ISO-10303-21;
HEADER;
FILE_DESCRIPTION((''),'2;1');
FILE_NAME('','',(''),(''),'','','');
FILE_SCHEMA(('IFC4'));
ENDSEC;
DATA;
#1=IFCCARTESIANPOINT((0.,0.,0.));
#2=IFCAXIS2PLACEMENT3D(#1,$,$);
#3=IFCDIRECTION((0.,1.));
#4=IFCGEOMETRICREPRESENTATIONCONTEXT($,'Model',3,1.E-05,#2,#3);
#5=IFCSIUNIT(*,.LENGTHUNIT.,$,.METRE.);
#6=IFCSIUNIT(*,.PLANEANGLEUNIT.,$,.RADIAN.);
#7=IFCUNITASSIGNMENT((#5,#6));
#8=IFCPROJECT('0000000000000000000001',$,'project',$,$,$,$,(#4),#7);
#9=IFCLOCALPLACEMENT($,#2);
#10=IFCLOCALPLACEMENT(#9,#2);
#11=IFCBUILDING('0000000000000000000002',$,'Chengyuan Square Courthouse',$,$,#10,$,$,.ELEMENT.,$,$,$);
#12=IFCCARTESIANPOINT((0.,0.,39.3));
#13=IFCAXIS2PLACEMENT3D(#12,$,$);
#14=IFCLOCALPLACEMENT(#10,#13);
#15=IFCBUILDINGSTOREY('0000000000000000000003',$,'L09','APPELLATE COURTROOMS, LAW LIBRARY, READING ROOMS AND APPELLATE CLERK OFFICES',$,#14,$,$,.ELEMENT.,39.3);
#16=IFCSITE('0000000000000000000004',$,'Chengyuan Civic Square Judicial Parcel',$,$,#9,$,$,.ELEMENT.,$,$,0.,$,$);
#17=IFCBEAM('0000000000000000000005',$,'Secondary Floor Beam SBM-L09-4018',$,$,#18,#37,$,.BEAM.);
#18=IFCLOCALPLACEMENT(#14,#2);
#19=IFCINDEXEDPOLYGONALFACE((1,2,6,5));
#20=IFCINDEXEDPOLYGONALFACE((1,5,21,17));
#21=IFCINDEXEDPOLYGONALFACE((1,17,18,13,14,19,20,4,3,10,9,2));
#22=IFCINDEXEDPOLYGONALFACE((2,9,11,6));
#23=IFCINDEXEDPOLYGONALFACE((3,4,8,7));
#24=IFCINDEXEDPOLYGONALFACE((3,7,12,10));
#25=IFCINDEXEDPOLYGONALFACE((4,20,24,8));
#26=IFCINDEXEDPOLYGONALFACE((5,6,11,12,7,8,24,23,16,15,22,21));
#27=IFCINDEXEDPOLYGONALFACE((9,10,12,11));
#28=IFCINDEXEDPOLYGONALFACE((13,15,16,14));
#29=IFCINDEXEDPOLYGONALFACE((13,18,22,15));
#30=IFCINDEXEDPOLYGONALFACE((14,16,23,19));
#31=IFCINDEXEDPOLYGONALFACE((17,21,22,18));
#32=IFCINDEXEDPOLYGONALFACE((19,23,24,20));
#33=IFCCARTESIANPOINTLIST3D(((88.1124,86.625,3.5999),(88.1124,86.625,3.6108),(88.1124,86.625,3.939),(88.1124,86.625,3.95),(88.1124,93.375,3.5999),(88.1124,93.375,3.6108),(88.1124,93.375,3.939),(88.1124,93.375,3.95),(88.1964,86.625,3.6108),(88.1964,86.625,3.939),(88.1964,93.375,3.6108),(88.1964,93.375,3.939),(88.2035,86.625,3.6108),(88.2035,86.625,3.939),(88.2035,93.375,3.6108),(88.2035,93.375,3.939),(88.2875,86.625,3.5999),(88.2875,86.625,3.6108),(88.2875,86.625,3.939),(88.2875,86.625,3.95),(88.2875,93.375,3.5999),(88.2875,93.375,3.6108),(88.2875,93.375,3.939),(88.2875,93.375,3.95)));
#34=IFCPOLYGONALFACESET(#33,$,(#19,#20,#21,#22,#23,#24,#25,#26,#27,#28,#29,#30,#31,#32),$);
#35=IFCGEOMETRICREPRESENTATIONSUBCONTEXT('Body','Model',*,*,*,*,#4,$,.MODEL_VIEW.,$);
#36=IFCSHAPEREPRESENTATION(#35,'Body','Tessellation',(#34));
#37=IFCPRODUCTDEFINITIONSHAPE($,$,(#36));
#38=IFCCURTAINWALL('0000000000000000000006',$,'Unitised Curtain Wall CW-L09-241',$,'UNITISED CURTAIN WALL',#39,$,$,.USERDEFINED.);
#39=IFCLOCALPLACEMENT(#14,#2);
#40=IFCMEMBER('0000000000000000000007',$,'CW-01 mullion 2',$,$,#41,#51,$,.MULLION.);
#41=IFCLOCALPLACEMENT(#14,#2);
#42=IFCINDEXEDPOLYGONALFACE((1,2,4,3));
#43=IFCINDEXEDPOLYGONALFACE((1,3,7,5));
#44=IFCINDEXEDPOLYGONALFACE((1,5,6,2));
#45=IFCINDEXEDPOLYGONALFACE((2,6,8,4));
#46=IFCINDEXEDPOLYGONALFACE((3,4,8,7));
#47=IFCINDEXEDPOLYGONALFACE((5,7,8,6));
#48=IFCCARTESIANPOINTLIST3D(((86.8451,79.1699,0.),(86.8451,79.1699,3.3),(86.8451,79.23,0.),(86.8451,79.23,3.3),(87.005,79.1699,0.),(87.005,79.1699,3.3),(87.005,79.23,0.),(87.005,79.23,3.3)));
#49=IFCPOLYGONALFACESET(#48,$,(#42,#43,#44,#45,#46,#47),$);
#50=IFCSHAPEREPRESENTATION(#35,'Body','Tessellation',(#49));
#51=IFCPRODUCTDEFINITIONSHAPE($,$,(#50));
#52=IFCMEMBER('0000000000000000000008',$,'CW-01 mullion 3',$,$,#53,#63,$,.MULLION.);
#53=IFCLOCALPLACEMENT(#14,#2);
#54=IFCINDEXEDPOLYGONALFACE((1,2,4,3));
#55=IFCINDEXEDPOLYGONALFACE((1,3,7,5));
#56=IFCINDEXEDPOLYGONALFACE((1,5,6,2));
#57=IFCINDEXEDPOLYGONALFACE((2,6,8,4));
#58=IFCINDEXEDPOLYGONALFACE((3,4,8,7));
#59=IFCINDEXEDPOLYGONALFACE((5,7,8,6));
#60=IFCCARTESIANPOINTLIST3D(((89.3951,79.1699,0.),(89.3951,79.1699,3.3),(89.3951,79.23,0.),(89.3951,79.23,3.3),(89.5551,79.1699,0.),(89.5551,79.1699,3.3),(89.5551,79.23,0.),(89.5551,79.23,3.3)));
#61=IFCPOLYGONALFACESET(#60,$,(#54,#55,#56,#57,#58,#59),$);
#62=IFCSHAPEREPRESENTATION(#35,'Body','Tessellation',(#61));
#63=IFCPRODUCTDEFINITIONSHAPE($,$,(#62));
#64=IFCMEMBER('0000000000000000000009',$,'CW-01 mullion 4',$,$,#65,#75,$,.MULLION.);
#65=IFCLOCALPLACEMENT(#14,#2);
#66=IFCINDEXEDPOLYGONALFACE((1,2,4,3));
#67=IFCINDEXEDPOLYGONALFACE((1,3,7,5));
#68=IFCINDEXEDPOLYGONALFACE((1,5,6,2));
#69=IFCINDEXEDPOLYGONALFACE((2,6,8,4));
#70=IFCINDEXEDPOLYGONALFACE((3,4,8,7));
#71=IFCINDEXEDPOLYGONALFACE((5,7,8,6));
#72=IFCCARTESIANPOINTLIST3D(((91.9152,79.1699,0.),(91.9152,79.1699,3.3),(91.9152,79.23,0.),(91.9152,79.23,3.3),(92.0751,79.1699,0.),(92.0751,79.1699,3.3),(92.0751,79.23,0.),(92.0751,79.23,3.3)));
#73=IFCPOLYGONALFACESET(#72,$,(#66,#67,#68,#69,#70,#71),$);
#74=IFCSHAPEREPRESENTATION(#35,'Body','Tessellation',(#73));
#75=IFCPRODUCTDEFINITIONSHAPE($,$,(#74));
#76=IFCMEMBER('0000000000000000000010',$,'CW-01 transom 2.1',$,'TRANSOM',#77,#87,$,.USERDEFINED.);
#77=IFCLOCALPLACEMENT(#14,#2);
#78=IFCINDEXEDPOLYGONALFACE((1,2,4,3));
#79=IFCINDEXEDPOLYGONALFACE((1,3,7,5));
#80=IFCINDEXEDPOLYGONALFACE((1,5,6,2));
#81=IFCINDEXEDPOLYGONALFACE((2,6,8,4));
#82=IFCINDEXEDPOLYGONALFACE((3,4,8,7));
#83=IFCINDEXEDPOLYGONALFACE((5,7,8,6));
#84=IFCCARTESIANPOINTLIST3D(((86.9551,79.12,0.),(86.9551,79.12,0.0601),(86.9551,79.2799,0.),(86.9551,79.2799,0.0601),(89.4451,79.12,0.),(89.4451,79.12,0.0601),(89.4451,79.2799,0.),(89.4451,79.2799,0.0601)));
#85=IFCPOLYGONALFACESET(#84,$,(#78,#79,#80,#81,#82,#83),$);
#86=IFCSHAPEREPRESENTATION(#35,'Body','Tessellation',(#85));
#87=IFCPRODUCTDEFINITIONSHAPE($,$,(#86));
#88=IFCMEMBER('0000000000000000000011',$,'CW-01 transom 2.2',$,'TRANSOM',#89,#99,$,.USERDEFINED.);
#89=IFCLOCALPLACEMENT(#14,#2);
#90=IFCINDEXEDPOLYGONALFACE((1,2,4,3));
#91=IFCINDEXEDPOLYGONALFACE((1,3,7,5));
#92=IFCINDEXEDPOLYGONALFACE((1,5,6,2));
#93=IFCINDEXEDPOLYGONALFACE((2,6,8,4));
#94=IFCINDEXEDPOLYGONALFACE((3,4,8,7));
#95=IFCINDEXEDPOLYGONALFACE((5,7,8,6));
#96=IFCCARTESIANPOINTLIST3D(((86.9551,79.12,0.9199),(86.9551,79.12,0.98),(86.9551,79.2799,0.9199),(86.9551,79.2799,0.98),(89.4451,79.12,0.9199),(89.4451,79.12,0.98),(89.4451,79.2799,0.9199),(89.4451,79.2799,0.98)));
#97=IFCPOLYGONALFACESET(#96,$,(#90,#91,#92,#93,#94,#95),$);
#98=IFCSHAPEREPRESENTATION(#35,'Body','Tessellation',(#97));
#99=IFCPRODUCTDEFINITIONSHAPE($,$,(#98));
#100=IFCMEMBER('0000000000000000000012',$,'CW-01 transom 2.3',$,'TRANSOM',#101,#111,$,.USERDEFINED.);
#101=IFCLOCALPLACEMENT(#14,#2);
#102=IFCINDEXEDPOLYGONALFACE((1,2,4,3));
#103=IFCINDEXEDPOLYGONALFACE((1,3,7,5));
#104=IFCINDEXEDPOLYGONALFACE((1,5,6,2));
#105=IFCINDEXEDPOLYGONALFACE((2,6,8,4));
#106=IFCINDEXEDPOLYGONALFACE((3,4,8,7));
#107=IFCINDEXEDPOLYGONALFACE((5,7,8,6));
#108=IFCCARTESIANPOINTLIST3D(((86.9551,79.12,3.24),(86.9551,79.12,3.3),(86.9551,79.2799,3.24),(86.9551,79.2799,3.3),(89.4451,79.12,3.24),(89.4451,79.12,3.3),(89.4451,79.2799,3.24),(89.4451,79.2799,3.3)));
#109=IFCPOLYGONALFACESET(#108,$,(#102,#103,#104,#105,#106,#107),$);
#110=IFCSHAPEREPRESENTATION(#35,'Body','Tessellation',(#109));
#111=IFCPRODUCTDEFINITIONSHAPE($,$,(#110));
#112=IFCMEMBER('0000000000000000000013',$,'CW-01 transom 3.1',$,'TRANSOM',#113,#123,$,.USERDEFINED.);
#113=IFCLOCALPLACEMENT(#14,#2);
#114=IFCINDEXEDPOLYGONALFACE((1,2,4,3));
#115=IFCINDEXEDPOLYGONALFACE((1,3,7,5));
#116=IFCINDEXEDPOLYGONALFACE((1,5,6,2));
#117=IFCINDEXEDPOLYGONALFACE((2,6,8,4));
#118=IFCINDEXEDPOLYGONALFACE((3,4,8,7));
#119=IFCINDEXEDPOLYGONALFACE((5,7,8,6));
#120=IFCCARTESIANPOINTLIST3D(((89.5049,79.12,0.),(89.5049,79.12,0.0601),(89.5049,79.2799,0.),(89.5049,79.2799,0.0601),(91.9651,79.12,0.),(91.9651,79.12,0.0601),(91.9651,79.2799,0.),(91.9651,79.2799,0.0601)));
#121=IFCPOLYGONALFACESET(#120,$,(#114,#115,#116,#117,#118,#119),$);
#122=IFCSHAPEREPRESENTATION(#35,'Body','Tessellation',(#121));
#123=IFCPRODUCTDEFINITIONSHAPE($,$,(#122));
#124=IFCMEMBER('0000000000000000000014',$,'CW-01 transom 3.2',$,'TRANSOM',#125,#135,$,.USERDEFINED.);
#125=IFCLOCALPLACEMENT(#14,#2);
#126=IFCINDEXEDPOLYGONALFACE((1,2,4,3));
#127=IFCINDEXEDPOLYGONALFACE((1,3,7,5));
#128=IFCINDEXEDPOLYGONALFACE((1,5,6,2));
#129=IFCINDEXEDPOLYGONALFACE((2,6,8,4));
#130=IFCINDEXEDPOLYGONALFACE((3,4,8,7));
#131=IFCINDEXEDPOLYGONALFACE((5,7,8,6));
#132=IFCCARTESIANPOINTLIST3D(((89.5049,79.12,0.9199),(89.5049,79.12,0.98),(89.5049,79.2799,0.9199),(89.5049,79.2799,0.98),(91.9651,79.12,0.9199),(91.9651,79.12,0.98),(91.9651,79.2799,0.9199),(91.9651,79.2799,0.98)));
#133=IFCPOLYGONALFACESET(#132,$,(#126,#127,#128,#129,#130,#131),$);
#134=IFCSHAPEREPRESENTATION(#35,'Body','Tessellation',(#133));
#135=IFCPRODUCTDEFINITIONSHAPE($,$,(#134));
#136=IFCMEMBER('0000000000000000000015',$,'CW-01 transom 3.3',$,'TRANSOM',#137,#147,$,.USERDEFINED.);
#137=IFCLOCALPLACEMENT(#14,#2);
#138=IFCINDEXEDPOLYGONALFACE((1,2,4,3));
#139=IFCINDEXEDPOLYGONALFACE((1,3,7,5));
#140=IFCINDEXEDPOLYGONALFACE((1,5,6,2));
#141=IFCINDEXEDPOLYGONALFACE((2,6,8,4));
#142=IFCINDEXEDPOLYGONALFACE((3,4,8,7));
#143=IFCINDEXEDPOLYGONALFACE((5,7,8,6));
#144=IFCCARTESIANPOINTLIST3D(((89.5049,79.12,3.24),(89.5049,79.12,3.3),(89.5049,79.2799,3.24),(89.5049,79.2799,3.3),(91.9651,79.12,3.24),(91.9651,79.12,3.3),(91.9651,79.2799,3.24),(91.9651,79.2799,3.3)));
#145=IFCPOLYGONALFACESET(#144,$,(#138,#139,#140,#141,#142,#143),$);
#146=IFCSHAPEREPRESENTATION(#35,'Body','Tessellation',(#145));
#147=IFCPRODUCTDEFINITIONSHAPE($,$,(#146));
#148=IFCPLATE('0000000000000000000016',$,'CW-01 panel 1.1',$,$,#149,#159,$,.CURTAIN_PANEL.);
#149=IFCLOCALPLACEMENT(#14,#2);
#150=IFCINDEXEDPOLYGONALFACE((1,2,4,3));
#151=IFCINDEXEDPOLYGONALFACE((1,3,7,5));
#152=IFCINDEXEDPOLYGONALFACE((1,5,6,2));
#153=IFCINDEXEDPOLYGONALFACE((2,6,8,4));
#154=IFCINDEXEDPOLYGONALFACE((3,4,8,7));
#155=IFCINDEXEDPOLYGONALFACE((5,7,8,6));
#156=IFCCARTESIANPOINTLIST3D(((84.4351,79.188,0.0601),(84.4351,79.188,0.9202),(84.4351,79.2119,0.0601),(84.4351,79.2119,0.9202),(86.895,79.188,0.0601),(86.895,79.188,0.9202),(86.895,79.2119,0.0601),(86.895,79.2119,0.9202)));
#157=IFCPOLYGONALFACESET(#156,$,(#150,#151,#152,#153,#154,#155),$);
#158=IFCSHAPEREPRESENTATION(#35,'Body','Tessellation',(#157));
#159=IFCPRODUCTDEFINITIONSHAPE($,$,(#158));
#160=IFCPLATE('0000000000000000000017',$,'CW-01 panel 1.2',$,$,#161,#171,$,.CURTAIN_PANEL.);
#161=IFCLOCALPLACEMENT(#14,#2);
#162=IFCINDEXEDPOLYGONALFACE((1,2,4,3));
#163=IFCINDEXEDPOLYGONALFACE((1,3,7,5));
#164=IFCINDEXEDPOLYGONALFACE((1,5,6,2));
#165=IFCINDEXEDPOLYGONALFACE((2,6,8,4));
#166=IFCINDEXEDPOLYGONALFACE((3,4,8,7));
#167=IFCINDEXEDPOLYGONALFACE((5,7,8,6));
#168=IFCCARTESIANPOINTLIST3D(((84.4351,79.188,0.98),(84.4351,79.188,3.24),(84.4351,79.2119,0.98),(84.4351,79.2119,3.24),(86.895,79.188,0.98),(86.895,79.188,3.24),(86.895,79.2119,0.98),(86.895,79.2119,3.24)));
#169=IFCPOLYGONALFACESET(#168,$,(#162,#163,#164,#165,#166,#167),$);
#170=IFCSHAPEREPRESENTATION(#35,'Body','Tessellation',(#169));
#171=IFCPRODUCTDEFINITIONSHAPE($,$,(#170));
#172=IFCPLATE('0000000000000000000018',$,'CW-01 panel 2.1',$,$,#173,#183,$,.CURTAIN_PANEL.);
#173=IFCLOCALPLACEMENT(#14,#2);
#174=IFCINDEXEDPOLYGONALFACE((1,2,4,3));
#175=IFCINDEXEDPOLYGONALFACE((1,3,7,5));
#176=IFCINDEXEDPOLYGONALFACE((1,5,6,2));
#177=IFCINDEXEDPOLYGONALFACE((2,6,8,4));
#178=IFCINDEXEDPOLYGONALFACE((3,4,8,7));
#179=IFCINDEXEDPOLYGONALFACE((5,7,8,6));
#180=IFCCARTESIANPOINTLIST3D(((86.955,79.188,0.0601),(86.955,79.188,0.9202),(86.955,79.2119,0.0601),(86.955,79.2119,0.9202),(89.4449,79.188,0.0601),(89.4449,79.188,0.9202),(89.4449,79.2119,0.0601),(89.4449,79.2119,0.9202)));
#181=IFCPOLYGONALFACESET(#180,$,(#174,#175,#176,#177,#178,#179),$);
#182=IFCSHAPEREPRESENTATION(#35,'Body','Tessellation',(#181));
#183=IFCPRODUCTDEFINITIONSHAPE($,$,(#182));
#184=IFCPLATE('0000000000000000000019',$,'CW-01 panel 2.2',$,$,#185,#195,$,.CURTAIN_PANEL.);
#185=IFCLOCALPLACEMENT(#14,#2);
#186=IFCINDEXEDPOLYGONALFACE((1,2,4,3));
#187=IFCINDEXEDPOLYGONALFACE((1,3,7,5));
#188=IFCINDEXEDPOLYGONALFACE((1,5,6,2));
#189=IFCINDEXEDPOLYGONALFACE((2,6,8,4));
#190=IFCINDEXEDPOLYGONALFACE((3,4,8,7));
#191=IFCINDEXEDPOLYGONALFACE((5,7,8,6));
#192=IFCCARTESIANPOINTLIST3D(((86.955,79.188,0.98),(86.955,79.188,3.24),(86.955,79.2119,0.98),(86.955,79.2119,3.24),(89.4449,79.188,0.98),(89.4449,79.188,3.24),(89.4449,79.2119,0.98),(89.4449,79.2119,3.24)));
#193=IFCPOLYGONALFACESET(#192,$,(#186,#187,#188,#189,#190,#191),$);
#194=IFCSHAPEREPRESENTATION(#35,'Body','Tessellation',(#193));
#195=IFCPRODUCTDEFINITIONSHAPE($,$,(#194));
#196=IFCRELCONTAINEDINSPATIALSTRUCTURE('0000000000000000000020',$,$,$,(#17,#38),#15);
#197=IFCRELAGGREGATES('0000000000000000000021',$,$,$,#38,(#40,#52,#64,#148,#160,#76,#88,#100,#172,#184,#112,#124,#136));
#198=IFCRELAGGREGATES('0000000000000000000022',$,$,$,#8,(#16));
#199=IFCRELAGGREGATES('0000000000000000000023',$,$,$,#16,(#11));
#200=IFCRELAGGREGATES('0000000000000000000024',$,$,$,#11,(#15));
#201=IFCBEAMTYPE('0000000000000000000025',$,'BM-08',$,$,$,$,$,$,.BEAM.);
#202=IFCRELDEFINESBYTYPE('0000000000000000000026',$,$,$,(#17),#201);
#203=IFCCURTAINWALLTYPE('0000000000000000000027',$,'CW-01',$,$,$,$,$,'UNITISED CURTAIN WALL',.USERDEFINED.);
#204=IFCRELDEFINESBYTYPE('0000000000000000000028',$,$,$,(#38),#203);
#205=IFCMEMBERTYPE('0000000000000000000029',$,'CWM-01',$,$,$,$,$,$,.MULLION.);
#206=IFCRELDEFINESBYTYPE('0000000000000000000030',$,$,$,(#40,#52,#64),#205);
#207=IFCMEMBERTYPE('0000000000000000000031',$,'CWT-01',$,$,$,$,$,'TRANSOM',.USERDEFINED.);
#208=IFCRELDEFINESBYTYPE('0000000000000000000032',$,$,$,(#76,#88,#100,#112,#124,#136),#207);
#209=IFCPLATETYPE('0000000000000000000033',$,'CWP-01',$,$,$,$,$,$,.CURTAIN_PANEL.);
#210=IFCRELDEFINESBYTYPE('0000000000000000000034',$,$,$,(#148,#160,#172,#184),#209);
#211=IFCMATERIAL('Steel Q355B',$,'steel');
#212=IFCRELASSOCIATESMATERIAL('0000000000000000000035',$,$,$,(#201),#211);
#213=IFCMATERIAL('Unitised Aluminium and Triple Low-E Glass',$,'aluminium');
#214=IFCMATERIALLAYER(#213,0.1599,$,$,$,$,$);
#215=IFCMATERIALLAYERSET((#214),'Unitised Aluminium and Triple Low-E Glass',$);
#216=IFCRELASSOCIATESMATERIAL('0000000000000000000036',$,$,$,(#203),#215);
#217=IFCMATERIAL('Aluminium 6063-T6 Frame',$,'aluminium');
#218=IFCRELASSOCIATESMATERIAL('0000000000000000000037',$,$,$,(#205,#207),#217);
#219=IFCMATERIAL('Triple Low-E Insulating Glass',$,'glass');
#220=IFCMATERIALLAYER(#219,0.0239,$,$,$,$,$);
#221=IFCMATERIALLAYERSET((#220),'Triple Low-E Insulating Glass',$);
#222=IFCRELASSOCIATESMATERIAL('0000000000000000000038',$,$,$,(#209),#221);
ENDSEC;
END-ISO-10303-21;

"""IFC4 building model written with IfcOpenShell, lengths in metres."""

from ifc_helpers import new_model, si_unit, direction, frame, origin, origin_2d, place, context, subcontext, project, spatial, rectangle, i_section, extrude, material, layer, layer_set, material_profile, profile_set, type_object, element, aggregate, save


model = new_model("IFC4")

# Units and contexts
model_context = context("Model", 3, precision=1e-05, world=origin(), true_north=direction((0.0, 1.0)))
body_context = subcontext(model_context, "Body", "Model", "MODEL_VIEW")
ifc_project = project(units=[si_unit("LENGTHUNIT", "METRE"), si_unit("PLANEANGLEUNIT", "RADIAN")], contexts=[model_context])

# Site, building, storey
site_placement = place(None, origin())
site = spatial("IfcSite", under=ifc_project, at=site_placement, Name="Chengyuan Civic Square Judicial Parcel", CompositionType="ELEMENT", RefElevation=0.0)
building_placement = place(site_placement, origin())
building = spatial("IfcBuilding", under=site, at=building_placement, Name="Chengyuan Square Courthouse", CompositionType="ELEMENT")
storey_placement = place(building_placement, frame((0.0, 0.0, 39.3)))
storey = spatial("IfcBuildingStorey", under=building, at=storey_placement, Name="L09", Description="APPELLATE COURTROOMS, LAW LIBRARY, READING ROOMS AND APPELLATE CLERK OFFICES", CompositionType="ELEMENT", Elevation=39.3)

# Beam
ifc_material_1 = material(Name="Steel Q355B", Category="steel")
ifc_material_profile_1 = material_profile(ifc_material_1, i_section(OverallWidth=0.175, OverallDepth=0.3501, WebThickness=0.0071, FlangeThickness=0.011, at=origin_2d()), Name="HN 350x175x7x11")
ifc_profile_set_1 = profile_set([ifc_material_profile_1], Name="Steel Q355B")
beam_type = type_object("IfcBeamType", Name="BM-08", PredefinedType="BEAM", material=ifc_profile_set_1)
beam_placement = place(storey_placement, frame((88.2, 86.625, 3.7749), z_axis=(0.0, 1.0, 0.0), x_axis=(-1.0, 0.0, 0.0)))
element("IfcBeam", 1, at=beam_placement, inside=storey, type_object=beam_type, Name="Secondary Floor Beam SBM-L09-4018", PredefinedType="BEAM", context=body_context, shape_type="SweptSolid", body=[
    extrude(i_section(OverallWidth=0.175, OverallDepth=0.3501, WebThickness=0.0071, FlangeThickness=0.011, at=origin_2d()), origin(), (0.0, 0.0, 1.0), 6.75),
])

# Curtain wall, members, plates
ifc_material_2 = material(Name="Unitised Aluminium and Triple Low-E Glass", Category="aluminium")
ifc_layer_1 = layer(ifc_material_2, 0.1599)
ifc_layer_set_1 = layer_set([ifc_layer_1], Name="Unitised Aluminium and Triple Low-E Glass")
curtain_wall_type = type_object("IfcCurtainWallType", Name="CW-01", ElementType="UNITISED CURTAIN WALL", PredefinedType="USERDEFINED", material=ifc_layer_set_1)
curtain_wall_placement = place(storey_placement, origin())
curtain_wall = element("IfcCurtainWall", 2, at=curtain_wall_placement, inside=storey, type_object=curtain_wall_type, Name="Unitised Curtain Wall CW-L09-241", ObjectType="UNITISED CURTAIN WALL", PredefinedType="USERDEFINED")
ifc_material_3 = material(Name="Aluminium 6063-T6 Frame", Category="aluminium")
ifc_material_profile_2 = material_profile(ifc_material_3, rectangle(XDim=0.0601, YDim=0.1599, at=origin_2d()), Name="CW-MUL-60x160")
ifc_profile_set_2 = profile_set([ifc_material_profile_2], Name="Aluminium 6063-T6 Frame")
member_type_1 = type_object("IfcMemberType", Name="CWM-01", PredefinedType="MULLION", material=ifc_profile_set_2)
member_1_placement = place(storey_placement, frame((86.925, 79.2, 0.0), z_axis=(0.0, 0.0, 1.0), x_axis=(0.0, 1.0, 0.0)))
member_1 = element("IfcMember", 3, at=member_1_placement, type_object=member_type_1, Name="CW-01 mullion 2", PredefinedType="MULLION", context=body_context, shape_type="SweptSolid", body=[
    extrude(rectangle(XDim=0.0601, YDim=0.1599, at=origin_2d()), origin(), (0.0, 0.0, 1.0), 3.3),
])
member_2_placement = place(storey_placement, frame((89.4751, 79.2, 0.0), z_axis=(0.0, 0.0, 1.0), x_axis=(0.0, 1.0, 0.0)))
member_2 = element("IfcMember", 4, at=member_2_placement, type_object=member_type_1, Name="CW-01 mullion 3", PredefinedType="MULLION", context=body_context, shape_type="SweptSolid", body=[
    extrude(rectangle(XDim=0.0601, YDim=0.1599, at=origin_2d()), origin(), (0.0, 0.0, 1.0), 3.3),
])
member_3_placement = place(storey_placement, frame((91.9951, 79.2, 0.0), z_axis=(0.0, 0.0, 1.0), x_axis=(0.0, 1.0, 0.0)))
member_3 = element("IfcMember", 5, at=member_3_placement, type_object=member_type_1, Name="CW-01 mullion 4", PredefinedType="MULLION", context=body_context, shape_type="SweptSolid", body=[
    extrude(rectangle(XDim=0.0601, YDim=0.1599, at=origin_2d()), origin(), (0.0, 0.0, 1.0), 3.3),
])
ifc_material_profile_3 = material_profile(ifc_material_3, rectangle(XDim=0.1599, YDim=0.0601, at=origin_2d()), Name="CW-TRN-60x120")
ifc_profile_set_3 = profile_set([ifc_material_profile_3], Name="Aluminium 6063-T6 Frame")
member_type_2 = type_object("IfcMemberType", Name="CWT-01", ElementType="TRANSOM", PredefinedType="USERDEFINED", material=ifc_profile_set_3)
member_4_placement = place(storey_placement, frame((86.9551, 79.2, 0.03), z_axis=(1.0, 0.0, 0.0), x_axis=(0.0, 1.0, 0.0)))
member_4 = element("IfcMember", 6, at=member_4_placement, type_object=member_type_2, Name="CW-01 transom 2.1", ObjectType="TRANSOM", PredefinedType="USERDEFINED", context=body_context, shape_type="SweptSolid", body=[
    extrude(rectangle(XDim=0.1599, YDim=0.0601, at=origin_2d()), origin(), (0.0, 0.0, 1.0), 2.49),
])
member_5_placement = place(storey_placement, frame((86.9551, 79.2, 0.95), z_axis=(1.0, 0.0, 0.0), x_axis=(0.0, 1.0, 0.0)))
member_5 = element("IfcMember", 7, at=member_5_placement, type_object=member_type_2, Name="CW-01 transom 2.2", ObjectType="TRANSOM", PredefinedType="USERDEFINED", context=body_context, shape_type="SweptSolid", body=[
    extrude(rectangle(XDim=0.1599, YDim=0.0601, at=origin_2d()), origin(), (0.0, 0.0, 1.0), 2.49),
])
member_6_placement = place(storey_placement, frame((86.9551, 79.2, 3.27), z_axis=(1.0, 0.0, 0.0), x_axis=(0.0, 1.0, 0.0)))
member_6 = element("IfcMember", 8, at=member_6_placement, type_object=member_type_2, Name="CW-01 transom 2.3", ObjectType="TRANSOM", PredefinedType="USERDEFINED", context=body_context, shape_type="SweptSolid", body=[
    extrude(rectangle(XDim=0.1599, YDim=0.0601, at=origin_2d()), origin(), (0.0, 0.0, 1.0), 2.49),
])
member_7_placement = place(storey_placement, frame((89.5049, 79.2, 0.03), z_axis=(1.0, 0.0, 0.0), x_axis=(0.0, 1.0, 0.0)))
member_7 = element("IfcMember", 9, at=member_7_placement, type_object=member_type_2, Name="CW-01 transom 3.1", ObjectType="TRANSOM", PredefinedType="USERDEFINED", context=body_context, shape_type="SweptSolid", body=[
    extrude(rectangle(XDim=0.1599, YDim=0.0601, at=origin_2d()), origin(), (0.0, 0.0, 1.0), 2.4602),
])
member_8_placement = place(storey_placement, frame((89.5049, 79.2, 0.95), z_axis=(1.0, 0.0, 0.0), x_axis=(0.0, 1.0, 0.0)))
member_8 = element("IfcMember", 10, at=member_8_placement, type_object=member_type_2, Name="CW-01 transom 3.2", ObjectType="TRANSOM", PredefinedType="USERDEFINED", context=body_context, shape_type="SweptSolid", body=[
    extrude(rectangle(XDim=0.1599, YDim=0.0601, at=origin_2d()), origin(), (0.0, 0.0, 1.0), 2.4602),
])
member_9_placement = place(storey_placement, frame((89.5049, 79.2, 3.27), z_axis=(1.0, 0.0, 0.0), x_axis=(0.0, 1.0, 0.0)))
member_9 = element("IfcMember", 11, at=member_9_placement, type_object=member_type_2, Name="CW-01 transom 3.3", ObjectType="TRANSOM", PredefinedType="USERDEFINED", context=body_context, shape_type="SweptSolid", body=[
    extrude(rectangle(XDim=0.1599, YDim=0.0601, at=origin_2d()), origin(), (0.0, 0.0, 1.0), 2.4602),
])
ifc_material_4 = material(Name="Triple Low-E Insulating Glass", Category="glass")
ifc_layer_2 = layer(ifc_material_4, 0.0239)
ifc_layer_set_2 = layer_set([ifc_layer_2], Name="Triple Low-E Insulating Glass")
plate_type = type_object("IfcPlateType", Name="CWP-01", PredefinedType="CURTAIN_PANEL", material=ifc_layer_set_2)
plate_1_placement = place(storey_placement, frame((85.665, 79.2, 0.0601), z_axis=(0.0, 0.0, 1.0), x_axis=(1.0, 0.0, 0.0)))
plate_1 = element("IfcPlate", 12, at=plate_1_placement, type_object=plate_type, Name="CW-01 panel 1.1", PredefinedType="CURTAIN_PANEL", context=body_context, shape_type="SweptSolid", body=[
    extrude(rectangle(XDim=2.46, YDim=0.0239, at=origin_2d()), origin(), (0.0, 0.0, 1.0), 0.8601),
])
plate_2_placement = place(storey_placement, frame((85.665, 79.2, 0.98), z_axis=(0.0, 0.0, 1.0), x_axis=(1.0, 0.0, 0.0)))
plate_2 = element("IfcPlate", 13, at=plate_2_placement, type_object=plate_type, Name="CW-01 panel 1.2", PredefinedType="CURTAIN_PANEL", context=body_context, shape_type="SweptSolid", body=[
    extrude(rectangle(XDim=2.46, YDim=0.0239, at=origin_2d()), origin(), (0.0, 0.0, 1.0), 2.26),
])
plate_3_placement = place(storey_placement, frame((88.2, 79.2, 0.0601), z_axis=(0.0, 0.0, 1.0), x_axis=(1.0, 0.0, 0.0)))
plate_3 = element("IfcPlate", 14, at=plate_3_placement, type_object=plate_type, Name="CW-01 panel 2.1", PredefinedType="CURTAIN_PANEL", context=body_context, shape_type="SweptSolid", body=[
    extrude(rectangle(XDim=2.49, YDim=0.0239, at=origin_2d()), origin(), (0.0, 0.0, 1.0), 0.8601),
])
plate_4_placement = place(storey_placement, frame((88.2, 79.2, 0.98), z_axis=(0.0, 0.0, 1.0), x_axis=(1.0, 0.0, 0.0)))
plate_4 = element("IfcPlate", 15, at=plate_4_placement, type_object=plate_type, Name="CW-01 panel 2.2", PredefinedType="CURTAIN_PANEL", context=body_context, shape_type="SweptSolid", body=[
    extrude(rectangle(XDim=2.49, YDim=0.0239, at=origin_2d()), origin(), (0.0, 0.0, 1.0), 2.26),
])
aggregate(curtain_wall, [member_1, member_2, member_3, plate_1, plate_2, member_4, member_5, member_6, plate_3, plate_4, member_7, member_8, member_9])

save(model, "model.ifc")
